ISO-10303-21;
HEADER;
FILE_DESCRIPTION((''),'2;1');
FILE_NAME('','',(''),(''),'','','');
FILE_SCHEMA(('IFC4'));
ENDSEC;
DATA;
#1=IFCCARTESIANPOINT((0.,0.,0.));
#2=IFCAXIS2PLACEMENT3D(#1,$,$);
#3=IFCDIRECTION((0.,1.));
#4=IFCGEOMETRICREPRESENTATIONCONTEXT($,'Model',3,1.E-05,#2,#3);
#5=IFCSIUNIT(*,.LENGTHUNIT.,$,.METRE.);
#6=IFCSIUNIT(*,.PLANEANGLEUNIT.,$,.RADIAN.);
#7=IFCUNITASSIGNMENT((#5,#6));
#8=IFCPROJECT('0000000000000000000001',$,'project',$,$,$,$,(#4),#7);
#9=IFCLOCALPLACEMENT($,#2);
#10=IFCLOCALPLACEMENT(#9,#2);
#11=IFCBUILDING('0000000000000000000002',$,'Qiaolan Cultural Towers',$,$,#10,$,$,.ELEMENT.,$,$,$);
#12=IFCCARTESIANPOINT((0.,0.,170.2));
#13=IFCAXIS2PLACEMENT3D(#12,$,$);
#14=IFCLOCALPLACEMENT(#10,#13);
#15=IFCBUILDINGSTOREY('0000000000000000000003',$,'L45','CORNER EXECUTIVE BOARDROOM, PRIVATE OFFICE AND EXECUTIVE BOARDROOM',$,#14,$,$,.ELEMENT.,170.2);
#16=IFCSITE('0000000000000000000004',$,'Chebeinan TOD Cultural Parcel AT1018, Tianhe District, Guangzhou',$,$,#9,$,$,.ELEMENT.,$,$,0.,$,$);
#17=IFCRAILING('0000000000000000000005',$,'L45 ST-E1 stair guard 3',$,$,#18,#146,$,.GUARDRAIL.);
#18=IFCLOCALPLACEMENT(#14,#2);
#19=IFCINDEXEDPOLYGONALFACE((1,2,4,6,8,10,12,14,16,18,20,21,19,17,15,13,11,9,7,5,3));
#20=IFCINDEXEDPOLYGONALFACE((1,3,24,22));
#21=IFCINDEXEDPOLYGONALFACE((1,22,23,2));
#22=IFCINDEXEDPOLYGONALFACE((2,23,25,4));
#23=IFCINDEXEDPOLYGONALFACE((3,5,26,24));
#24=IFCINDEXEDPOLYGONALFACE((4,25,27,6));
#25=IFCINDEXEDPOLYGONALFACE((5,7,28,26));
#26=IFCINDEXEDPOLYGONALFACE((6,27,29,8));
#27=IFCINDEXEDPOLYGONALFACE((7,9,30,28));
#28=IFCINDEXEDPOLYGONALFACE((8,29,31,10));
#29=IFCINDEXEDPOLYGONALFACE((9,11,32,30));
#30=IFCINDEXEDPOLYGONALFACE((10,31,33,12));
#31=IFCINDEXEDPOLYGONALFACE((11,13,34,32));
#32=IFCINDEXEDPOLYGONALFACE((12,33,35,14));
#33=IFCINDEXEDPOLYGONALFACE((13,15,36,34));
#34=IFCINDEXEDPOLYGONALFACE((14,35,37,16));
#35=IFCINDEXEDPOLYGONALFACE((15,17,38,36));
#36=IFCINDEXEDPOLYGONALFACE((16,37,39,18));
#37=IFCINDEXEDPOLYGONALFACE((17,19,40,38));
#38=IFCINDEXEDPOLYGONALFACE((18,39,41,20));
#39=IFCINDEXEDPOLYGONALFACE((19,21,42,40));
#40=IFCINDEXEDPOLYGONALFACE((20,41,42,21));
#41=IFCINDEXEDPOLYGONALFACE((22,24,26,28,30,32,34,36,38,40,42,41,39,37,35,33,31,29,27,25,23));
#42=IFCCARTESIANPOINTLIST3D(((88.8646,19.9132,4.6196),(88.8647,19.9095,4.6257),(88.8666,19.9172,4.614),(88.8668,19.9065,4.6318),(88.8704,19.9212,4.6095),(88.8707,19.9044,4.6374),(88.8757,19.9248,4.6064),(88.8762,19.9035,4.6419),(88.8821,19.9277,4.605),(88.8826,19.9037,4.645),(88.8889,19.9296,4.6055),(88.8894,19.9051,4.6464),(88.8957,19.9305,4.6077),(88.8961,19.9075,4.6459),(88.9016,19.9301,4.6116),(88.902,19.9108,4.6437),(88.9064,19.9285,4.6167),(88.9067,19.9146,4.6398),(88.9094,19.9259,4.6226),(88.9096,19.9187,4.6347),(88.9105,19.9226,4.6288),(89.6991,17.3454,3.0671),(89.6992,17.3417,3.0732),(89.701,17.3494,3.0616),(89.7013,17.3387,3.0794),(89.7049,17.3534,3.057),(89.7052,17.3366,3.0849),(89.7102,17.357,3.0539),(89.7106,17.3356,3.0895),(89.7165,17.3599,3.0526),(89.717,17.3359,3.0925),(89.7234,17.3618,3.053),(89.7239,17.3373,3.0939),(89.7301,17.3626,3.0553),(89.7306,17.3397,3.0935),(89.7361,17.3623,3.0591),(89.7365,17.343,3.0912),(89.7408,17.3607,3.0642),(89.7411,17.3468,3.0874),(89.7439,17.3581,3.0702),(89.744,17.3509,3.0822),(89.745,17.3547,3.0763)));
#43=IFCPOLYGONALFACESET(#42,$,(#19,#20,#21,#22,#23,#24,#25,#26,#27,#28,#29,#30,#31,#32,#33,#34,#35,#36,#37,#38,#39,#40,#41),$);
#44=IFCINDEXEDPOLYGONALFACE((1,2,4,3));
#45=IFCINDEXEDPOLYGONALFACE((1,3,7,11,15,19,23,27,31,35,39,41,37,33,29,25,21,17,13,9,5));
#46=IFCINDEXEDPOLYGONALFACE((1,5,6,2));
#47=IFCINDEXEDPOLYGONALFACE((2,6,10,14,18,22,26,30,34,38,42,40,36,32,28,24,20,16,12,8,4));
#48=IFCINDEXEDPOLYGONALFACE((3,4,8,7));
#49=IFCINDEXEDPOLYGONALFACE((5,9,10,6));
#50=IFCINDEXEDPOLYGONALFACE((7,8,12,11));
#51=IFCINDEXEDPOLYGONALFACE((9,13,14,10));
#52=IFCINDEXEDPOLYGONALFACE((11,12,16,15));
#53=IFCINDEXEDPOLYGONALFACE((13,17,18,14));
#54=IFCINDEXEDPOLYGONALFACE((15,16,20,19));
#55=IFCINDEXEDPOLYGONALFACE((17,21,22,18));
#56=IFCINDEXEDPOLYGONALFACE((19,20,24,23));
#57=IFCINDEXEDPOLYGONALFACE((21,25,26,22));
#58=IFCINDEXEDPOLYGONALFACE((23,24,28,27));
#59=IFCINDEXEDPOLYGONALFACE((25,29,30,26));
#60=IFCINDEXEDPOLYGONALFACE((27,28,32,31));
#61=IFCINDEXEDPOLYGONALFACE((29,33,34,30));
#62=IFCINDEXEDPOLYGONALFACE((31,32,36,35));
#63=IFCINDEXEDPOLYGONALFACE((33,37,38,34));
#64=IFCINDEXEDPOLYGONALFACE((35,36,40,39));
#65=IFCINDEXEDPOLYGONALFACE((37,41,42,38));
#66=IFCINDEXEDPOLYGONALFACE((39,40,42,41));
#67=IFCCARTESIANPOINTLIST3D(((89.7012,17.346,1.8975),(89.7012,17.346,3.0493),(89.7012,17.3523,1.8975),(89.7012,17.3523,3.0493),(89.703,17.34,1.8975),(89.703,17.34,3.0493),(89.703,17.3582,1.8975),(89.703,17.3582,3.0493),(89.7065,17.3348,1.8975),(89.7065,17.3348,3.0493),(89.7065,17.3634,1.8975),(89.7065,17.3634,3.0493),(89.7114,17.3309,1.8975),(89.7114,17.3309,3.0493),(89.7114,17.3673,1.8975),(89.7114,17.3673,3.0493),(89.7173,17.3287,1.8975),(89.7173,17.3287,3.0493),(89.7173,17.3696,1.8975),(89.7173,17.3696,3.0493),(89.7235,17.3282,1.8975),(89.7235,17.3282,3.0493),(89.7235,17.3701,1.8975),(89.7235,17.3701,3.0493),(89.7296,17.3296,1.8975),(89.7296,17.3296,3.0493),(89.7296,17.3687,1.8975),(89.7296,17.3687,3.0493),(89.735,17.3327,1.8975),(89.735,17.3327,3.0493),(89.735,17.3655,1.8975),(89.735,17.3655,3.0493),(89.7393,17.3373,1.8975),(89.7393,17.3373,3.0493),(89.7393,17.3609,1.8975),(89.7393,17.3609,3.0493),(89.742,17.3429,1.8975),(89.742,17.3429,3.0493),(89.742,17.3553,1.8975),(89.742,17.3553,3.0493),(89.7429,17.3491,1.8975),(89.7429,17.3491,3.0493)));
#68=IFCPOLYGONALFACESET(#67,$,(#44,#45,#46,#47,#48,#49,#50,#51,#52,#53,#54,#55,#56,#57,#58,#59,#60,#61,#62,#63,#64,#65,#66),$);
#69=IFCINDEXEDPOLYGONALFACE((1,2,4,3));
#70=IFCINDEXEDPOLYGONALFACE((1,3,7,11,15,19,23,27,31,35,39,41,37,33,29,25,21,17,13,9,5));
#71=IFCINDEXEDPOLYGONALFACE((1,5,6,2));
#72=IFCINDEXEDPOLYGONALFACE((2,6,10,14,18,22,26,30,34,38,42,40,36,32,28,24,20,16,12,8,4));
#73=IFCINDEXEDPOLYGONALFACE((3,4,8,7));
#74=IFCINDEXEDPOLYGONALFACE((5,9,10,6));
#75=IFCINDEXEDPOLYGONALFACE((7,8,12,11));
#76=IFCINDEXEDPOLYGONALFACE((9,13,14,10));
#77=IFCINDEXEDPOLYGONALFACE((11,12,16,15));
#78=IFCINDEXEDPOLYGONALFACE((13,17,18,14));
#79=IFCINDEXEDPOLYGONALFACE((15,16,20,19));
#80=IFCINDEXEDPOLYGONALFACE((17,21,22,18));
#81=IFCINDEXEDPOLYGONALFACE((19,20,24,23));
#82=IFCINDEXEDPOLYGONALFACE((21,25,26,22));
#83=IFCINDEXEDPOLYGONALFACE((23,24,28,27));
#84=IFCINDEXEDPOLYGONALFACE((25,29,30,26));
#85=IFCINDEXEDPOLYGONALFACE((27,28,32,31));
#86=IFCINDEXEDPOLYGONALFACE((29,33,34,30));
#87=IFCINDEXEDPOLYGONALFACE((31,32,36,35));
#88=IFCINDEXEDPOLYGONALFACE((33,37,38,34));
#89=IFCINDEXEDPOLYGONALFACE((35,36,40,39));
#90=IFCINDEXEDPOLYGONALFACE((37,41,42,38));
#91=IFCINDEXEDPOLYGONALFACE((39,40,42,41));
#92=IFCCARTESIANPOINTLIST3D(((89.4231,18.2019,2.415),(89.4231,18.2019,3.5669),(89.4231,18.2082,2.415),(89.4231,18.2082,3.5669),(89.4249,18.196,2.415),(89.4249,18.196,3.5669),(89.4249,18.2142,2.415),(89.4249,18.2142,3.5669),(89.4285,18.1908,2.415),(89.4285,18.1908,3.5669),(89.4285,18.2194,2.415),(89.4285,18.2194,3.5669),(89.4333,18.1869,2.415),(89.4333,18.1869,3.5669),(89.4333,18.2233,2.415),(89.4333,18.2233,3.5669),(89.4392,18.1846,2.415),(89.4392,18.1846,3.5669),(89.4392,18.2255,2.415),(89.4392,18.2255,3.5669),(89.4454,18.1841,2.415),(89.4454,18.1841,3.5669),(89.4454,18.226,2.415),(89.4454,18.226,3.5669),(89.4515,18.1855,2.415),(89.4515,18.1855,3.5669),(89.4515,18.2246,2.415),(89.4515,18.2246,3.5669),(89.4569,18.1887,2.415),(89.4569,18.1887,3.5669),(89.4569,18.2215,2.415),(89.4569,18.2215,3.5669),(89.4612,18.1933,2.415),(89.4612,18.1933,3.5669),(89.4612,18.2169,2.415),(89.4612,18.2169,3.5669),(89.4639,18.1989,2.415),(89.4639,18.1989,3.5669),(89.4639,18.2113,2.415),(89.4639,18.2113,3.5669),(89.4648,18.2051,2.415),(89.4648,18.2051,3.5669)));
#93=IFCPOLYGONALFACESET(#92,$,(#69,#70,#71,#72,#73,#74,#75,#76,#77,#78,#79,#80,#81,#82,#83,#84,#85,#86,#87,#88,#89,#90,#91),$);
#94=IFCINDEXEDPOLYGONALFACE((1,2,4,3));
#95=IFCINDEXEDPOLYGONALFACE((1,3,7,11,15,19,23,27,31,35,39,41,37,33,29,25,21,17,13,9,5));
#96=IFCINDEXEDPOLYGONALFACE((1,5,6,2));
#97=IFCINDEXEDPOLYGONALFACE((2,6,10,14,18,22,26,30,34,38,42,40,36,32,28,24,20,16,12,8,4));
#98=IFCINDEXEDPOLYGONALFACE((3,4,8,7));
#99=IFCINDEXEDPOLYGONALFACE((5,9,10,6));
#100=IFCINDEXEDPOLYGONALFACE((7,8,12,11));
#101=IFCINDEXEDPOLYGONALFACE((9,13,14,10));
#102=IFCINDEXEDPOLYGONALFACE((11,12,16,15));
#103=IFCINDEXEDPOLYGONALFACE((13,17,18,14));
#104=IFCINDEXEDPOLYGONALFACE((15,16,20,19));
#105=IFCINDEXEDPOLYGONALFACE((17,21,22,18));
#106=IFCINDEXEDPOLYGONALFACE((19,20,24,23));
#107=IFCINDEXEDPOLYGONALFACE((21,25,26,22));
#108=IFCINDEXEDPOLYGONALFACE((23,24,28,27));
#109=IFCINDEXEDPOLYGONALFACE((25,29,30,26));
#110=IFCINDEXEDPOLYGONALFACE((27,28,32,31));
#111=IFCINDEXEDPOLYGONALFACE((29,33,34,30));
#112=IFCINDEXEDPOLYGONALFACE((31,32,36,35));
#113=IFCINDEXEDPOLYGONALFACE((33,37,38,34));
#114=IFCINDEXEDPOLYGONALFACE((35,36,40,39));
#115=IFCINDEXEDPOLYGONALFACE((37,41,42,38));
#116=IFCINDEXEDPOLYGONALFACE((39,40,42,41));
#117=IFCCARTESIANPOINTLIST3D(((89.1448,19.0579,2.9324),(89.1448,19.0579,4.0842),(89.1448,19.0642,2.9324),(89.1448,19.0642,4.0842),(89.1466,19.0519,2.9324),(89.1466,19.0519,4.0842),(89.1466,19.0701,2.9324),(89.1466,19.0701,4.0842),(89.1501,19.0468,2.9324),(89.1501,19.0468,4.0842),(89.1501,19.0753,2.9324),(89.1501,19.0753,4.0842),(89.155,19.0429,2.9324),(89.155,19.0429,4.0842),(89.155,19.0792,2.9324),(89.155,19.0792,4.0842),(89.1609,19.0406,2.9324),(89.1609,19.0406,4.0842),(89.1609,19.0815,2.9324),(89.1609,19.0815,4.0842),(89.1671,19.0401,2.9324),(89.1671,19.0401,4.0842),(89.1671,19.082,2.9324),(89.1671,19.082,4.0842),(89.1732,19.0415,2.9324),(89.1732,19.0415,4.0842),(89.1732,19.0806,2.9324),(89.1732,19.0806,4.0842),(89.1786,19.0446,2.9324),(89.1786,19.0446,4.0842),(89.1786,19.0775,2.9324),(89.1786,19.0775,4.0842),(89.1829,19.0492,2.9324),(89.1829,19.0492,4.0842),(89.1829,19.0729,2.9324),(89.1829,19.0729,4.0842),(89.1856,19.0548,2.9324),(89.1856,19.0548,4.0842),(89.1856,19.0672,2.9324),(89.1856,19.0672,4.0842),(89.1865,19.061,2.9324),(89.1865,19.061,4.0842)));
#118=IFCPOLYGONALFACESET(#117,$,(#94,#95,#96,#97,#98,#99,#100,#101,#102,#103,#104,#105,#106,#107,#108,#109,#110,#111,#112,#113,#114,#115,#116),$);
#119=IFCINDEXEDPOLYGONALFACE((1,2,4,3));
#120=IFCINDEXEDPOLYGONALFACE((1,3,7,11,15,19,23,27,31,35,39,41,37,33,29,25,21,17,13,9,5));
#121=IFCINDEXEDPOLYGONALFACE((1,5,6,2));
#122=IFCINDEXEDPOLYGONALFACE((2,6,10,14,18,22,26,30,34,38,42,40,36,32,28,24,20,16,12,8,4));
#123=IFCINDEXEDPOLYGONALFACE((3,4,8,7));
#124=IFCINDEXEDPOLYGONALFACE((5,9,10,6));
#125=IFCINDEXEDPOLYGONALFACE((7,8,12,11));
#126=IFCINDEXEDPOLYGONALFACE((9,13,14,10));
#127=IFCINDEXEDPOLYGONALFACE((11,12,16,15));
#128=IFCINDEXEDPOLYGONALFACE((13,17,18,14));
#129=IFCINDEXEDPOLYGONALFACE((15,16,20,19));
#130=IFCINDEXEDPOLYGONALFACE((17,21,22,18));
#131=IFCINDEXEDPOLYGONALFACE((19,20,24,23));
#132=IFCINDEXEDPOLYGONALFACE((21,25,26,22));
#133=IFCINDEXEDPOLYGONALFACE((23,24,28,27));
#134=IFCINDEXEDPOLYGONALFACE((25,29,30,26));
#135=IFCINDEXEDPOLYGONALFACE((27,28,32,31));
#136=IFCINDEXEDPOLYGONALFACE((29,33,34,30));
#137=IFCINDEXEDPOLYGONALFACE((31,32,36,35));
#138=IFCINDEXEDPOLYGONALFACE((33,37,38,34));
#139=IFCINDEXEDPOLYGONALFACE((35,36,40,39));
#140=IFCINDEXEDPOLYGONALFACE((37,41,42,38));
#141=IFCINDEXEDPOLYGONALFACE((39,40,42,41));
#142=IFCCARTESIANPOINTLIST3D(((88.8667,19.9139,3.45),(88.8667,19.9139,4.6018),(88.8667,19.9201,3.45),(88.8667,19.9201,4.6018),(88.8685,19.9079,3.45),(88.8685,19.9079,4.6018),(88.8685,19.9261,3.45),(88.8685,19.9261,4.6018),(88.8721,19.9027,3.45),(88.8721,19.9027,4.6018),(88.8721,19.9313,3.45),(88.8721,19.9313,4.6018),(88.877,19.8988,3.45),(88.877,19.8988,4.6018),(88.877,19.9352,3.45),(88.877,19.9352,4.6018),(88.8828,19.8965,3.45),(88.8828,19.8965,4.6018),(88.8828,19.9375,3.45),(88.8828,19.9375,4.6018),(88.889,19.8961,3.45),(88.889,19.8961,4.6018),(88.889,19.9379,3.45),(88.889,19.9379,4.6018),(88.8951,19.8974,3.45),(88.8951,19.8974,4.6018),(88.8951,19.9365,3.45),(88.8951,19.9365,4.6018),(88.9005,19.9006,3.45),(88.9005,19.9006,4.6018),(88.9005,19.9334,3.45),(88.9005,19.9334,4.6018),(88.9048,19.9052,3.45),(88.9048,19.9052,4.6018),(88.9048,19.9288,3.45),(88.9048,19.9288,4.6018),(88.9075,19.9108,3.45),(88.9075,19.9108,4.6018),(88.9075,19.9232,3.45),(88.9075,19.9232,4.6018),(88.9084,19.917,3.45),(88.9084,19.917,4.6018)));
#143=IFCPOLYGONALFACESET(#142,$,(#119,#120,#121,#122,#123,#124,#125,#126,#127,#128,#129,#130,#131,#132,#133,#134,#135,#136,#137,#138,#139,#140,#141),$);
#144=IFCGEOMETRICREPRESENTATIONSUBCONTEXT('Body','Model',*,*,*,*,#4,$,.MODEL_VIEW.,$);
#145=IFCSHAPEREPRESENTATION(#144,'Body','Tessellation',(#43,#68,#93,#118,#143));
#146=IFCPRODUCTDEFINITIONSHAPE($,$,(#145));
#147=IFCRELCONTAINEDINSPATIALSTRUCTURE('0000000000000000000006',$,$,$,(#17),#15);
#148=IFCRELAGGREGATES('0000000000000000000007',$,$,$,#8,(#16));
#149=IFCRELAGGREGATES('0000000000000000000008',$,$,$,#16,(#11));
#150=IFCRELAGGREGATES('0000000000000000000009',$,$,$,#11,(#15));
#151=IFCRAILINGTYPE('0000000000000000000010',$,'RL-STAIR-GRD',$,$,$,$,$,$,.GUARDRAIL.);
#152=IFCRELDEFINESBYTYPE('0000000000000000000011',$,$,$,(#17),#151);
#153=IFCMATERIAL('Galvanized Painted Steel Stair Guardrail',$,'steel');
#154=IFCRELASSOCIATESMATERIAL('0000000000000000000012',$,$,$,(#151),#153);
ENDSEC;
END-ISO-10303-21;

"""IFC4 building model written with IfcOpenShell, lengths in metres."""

from ifc_helpers import new_model, si_unit, direction, frame, origin, origin_2d, place, context, subcontext, project, spatial, circle, extrude, material, type_object, element, save


model = new_model("IFC4")

# Units and contexts
model_context = context("Model", 3, precision=1e-05, world=origin(), true_north=direction((0.0, 1.0)))
body_context = subcontext(model_context, "Body", "Model", "MODEL_VIEW")
ifc_project = project(units=[si_unit("LENGTHUNIT", "METRE"), si_unit("PLANEANGLEUNIT", "RADIAN")], contexts=[model_context])

# Site, building, storey
site_placement = place(None, origin())
site = spatial("IfcSite", under=ifc_project, at=site_placement, Name="Chebeinan TOD Cultural Parcel AT1018, Tianhe District, Guangzhou", CompositionType="ELEMENT", RefElevation=0.0)
building_placement = place(site_placement, origin())
building = spatial("IfcBuilding", under=site, at=building_placement, Name="Qiaolan Cultural Towers", CompositionType="ELEMENT")
storey_placement = place(building_placement, frame((0.0, 0.0, 170.2)))
storey = spatial("IfcBuildingStorey", under=building, at=storey_placement, Name="L45", Description="CORNER EXECUTIVE BOARDROOM, PRIVATE OFFICE AND EXECUTIVE BOARDROOM", CompositionType="ELEMENT", Elevation=170.2)

# Railing
ifc_material_1 = material(Name="Galvanized Painted Steel Stair Guardrail", Category="steel")
railing_type_1 = type_object("IfcRailingType", Name="RL-STAIR-GRD", PredefinedType="GUARDRAIL", material=ifc_material_1)
railing_1_placement = place(storey_placement, frame((89.7219, 17.3491, 1.8975)))
element("IfcRailing", 1, at=railing_1_placement, inside=storey, type_object=railing_type_1, Name="L45 ST-E1 stair guard 3", PredefinedType="GUARDRAIL", context=body_context, shape_type="SweptSolid", body=[
    extrude(circle(Radius=0.0239, at=origin_2d()), frame((0.0, 0.0, 1.1758), z_axis=(-0.267926, 0.824471, 0.498461), x_axis=(-0.951043, -0.309057, 0.0)), (0.0, 0.0, 1.0), 3.1145),
    extrude(circle(Radius=0.021, at=origin_2d()), origin(), (0.0, 0.0, 1.0), 1.1519),
    extrude(circle(Radius=0.021, at=origin_2d()), frame((-0.2781, 0.856, 0.5176)), (0.0, 0.0, 1.0), 1.1519),
    extrude(circle(Radius=0.021, at=origin_2d()), frame((-0.5564, 1.7119, 1.0349)), (0.0, 0.0, 1.0), 1.1519),
    extrude(circle(Radius=0.021, at=origin_2d()), frame((-0.8345, 2.5679, 1.5525)), (0.0, 0.0, 1.0), 1.1519),
])

save(model, "model.ifc")
